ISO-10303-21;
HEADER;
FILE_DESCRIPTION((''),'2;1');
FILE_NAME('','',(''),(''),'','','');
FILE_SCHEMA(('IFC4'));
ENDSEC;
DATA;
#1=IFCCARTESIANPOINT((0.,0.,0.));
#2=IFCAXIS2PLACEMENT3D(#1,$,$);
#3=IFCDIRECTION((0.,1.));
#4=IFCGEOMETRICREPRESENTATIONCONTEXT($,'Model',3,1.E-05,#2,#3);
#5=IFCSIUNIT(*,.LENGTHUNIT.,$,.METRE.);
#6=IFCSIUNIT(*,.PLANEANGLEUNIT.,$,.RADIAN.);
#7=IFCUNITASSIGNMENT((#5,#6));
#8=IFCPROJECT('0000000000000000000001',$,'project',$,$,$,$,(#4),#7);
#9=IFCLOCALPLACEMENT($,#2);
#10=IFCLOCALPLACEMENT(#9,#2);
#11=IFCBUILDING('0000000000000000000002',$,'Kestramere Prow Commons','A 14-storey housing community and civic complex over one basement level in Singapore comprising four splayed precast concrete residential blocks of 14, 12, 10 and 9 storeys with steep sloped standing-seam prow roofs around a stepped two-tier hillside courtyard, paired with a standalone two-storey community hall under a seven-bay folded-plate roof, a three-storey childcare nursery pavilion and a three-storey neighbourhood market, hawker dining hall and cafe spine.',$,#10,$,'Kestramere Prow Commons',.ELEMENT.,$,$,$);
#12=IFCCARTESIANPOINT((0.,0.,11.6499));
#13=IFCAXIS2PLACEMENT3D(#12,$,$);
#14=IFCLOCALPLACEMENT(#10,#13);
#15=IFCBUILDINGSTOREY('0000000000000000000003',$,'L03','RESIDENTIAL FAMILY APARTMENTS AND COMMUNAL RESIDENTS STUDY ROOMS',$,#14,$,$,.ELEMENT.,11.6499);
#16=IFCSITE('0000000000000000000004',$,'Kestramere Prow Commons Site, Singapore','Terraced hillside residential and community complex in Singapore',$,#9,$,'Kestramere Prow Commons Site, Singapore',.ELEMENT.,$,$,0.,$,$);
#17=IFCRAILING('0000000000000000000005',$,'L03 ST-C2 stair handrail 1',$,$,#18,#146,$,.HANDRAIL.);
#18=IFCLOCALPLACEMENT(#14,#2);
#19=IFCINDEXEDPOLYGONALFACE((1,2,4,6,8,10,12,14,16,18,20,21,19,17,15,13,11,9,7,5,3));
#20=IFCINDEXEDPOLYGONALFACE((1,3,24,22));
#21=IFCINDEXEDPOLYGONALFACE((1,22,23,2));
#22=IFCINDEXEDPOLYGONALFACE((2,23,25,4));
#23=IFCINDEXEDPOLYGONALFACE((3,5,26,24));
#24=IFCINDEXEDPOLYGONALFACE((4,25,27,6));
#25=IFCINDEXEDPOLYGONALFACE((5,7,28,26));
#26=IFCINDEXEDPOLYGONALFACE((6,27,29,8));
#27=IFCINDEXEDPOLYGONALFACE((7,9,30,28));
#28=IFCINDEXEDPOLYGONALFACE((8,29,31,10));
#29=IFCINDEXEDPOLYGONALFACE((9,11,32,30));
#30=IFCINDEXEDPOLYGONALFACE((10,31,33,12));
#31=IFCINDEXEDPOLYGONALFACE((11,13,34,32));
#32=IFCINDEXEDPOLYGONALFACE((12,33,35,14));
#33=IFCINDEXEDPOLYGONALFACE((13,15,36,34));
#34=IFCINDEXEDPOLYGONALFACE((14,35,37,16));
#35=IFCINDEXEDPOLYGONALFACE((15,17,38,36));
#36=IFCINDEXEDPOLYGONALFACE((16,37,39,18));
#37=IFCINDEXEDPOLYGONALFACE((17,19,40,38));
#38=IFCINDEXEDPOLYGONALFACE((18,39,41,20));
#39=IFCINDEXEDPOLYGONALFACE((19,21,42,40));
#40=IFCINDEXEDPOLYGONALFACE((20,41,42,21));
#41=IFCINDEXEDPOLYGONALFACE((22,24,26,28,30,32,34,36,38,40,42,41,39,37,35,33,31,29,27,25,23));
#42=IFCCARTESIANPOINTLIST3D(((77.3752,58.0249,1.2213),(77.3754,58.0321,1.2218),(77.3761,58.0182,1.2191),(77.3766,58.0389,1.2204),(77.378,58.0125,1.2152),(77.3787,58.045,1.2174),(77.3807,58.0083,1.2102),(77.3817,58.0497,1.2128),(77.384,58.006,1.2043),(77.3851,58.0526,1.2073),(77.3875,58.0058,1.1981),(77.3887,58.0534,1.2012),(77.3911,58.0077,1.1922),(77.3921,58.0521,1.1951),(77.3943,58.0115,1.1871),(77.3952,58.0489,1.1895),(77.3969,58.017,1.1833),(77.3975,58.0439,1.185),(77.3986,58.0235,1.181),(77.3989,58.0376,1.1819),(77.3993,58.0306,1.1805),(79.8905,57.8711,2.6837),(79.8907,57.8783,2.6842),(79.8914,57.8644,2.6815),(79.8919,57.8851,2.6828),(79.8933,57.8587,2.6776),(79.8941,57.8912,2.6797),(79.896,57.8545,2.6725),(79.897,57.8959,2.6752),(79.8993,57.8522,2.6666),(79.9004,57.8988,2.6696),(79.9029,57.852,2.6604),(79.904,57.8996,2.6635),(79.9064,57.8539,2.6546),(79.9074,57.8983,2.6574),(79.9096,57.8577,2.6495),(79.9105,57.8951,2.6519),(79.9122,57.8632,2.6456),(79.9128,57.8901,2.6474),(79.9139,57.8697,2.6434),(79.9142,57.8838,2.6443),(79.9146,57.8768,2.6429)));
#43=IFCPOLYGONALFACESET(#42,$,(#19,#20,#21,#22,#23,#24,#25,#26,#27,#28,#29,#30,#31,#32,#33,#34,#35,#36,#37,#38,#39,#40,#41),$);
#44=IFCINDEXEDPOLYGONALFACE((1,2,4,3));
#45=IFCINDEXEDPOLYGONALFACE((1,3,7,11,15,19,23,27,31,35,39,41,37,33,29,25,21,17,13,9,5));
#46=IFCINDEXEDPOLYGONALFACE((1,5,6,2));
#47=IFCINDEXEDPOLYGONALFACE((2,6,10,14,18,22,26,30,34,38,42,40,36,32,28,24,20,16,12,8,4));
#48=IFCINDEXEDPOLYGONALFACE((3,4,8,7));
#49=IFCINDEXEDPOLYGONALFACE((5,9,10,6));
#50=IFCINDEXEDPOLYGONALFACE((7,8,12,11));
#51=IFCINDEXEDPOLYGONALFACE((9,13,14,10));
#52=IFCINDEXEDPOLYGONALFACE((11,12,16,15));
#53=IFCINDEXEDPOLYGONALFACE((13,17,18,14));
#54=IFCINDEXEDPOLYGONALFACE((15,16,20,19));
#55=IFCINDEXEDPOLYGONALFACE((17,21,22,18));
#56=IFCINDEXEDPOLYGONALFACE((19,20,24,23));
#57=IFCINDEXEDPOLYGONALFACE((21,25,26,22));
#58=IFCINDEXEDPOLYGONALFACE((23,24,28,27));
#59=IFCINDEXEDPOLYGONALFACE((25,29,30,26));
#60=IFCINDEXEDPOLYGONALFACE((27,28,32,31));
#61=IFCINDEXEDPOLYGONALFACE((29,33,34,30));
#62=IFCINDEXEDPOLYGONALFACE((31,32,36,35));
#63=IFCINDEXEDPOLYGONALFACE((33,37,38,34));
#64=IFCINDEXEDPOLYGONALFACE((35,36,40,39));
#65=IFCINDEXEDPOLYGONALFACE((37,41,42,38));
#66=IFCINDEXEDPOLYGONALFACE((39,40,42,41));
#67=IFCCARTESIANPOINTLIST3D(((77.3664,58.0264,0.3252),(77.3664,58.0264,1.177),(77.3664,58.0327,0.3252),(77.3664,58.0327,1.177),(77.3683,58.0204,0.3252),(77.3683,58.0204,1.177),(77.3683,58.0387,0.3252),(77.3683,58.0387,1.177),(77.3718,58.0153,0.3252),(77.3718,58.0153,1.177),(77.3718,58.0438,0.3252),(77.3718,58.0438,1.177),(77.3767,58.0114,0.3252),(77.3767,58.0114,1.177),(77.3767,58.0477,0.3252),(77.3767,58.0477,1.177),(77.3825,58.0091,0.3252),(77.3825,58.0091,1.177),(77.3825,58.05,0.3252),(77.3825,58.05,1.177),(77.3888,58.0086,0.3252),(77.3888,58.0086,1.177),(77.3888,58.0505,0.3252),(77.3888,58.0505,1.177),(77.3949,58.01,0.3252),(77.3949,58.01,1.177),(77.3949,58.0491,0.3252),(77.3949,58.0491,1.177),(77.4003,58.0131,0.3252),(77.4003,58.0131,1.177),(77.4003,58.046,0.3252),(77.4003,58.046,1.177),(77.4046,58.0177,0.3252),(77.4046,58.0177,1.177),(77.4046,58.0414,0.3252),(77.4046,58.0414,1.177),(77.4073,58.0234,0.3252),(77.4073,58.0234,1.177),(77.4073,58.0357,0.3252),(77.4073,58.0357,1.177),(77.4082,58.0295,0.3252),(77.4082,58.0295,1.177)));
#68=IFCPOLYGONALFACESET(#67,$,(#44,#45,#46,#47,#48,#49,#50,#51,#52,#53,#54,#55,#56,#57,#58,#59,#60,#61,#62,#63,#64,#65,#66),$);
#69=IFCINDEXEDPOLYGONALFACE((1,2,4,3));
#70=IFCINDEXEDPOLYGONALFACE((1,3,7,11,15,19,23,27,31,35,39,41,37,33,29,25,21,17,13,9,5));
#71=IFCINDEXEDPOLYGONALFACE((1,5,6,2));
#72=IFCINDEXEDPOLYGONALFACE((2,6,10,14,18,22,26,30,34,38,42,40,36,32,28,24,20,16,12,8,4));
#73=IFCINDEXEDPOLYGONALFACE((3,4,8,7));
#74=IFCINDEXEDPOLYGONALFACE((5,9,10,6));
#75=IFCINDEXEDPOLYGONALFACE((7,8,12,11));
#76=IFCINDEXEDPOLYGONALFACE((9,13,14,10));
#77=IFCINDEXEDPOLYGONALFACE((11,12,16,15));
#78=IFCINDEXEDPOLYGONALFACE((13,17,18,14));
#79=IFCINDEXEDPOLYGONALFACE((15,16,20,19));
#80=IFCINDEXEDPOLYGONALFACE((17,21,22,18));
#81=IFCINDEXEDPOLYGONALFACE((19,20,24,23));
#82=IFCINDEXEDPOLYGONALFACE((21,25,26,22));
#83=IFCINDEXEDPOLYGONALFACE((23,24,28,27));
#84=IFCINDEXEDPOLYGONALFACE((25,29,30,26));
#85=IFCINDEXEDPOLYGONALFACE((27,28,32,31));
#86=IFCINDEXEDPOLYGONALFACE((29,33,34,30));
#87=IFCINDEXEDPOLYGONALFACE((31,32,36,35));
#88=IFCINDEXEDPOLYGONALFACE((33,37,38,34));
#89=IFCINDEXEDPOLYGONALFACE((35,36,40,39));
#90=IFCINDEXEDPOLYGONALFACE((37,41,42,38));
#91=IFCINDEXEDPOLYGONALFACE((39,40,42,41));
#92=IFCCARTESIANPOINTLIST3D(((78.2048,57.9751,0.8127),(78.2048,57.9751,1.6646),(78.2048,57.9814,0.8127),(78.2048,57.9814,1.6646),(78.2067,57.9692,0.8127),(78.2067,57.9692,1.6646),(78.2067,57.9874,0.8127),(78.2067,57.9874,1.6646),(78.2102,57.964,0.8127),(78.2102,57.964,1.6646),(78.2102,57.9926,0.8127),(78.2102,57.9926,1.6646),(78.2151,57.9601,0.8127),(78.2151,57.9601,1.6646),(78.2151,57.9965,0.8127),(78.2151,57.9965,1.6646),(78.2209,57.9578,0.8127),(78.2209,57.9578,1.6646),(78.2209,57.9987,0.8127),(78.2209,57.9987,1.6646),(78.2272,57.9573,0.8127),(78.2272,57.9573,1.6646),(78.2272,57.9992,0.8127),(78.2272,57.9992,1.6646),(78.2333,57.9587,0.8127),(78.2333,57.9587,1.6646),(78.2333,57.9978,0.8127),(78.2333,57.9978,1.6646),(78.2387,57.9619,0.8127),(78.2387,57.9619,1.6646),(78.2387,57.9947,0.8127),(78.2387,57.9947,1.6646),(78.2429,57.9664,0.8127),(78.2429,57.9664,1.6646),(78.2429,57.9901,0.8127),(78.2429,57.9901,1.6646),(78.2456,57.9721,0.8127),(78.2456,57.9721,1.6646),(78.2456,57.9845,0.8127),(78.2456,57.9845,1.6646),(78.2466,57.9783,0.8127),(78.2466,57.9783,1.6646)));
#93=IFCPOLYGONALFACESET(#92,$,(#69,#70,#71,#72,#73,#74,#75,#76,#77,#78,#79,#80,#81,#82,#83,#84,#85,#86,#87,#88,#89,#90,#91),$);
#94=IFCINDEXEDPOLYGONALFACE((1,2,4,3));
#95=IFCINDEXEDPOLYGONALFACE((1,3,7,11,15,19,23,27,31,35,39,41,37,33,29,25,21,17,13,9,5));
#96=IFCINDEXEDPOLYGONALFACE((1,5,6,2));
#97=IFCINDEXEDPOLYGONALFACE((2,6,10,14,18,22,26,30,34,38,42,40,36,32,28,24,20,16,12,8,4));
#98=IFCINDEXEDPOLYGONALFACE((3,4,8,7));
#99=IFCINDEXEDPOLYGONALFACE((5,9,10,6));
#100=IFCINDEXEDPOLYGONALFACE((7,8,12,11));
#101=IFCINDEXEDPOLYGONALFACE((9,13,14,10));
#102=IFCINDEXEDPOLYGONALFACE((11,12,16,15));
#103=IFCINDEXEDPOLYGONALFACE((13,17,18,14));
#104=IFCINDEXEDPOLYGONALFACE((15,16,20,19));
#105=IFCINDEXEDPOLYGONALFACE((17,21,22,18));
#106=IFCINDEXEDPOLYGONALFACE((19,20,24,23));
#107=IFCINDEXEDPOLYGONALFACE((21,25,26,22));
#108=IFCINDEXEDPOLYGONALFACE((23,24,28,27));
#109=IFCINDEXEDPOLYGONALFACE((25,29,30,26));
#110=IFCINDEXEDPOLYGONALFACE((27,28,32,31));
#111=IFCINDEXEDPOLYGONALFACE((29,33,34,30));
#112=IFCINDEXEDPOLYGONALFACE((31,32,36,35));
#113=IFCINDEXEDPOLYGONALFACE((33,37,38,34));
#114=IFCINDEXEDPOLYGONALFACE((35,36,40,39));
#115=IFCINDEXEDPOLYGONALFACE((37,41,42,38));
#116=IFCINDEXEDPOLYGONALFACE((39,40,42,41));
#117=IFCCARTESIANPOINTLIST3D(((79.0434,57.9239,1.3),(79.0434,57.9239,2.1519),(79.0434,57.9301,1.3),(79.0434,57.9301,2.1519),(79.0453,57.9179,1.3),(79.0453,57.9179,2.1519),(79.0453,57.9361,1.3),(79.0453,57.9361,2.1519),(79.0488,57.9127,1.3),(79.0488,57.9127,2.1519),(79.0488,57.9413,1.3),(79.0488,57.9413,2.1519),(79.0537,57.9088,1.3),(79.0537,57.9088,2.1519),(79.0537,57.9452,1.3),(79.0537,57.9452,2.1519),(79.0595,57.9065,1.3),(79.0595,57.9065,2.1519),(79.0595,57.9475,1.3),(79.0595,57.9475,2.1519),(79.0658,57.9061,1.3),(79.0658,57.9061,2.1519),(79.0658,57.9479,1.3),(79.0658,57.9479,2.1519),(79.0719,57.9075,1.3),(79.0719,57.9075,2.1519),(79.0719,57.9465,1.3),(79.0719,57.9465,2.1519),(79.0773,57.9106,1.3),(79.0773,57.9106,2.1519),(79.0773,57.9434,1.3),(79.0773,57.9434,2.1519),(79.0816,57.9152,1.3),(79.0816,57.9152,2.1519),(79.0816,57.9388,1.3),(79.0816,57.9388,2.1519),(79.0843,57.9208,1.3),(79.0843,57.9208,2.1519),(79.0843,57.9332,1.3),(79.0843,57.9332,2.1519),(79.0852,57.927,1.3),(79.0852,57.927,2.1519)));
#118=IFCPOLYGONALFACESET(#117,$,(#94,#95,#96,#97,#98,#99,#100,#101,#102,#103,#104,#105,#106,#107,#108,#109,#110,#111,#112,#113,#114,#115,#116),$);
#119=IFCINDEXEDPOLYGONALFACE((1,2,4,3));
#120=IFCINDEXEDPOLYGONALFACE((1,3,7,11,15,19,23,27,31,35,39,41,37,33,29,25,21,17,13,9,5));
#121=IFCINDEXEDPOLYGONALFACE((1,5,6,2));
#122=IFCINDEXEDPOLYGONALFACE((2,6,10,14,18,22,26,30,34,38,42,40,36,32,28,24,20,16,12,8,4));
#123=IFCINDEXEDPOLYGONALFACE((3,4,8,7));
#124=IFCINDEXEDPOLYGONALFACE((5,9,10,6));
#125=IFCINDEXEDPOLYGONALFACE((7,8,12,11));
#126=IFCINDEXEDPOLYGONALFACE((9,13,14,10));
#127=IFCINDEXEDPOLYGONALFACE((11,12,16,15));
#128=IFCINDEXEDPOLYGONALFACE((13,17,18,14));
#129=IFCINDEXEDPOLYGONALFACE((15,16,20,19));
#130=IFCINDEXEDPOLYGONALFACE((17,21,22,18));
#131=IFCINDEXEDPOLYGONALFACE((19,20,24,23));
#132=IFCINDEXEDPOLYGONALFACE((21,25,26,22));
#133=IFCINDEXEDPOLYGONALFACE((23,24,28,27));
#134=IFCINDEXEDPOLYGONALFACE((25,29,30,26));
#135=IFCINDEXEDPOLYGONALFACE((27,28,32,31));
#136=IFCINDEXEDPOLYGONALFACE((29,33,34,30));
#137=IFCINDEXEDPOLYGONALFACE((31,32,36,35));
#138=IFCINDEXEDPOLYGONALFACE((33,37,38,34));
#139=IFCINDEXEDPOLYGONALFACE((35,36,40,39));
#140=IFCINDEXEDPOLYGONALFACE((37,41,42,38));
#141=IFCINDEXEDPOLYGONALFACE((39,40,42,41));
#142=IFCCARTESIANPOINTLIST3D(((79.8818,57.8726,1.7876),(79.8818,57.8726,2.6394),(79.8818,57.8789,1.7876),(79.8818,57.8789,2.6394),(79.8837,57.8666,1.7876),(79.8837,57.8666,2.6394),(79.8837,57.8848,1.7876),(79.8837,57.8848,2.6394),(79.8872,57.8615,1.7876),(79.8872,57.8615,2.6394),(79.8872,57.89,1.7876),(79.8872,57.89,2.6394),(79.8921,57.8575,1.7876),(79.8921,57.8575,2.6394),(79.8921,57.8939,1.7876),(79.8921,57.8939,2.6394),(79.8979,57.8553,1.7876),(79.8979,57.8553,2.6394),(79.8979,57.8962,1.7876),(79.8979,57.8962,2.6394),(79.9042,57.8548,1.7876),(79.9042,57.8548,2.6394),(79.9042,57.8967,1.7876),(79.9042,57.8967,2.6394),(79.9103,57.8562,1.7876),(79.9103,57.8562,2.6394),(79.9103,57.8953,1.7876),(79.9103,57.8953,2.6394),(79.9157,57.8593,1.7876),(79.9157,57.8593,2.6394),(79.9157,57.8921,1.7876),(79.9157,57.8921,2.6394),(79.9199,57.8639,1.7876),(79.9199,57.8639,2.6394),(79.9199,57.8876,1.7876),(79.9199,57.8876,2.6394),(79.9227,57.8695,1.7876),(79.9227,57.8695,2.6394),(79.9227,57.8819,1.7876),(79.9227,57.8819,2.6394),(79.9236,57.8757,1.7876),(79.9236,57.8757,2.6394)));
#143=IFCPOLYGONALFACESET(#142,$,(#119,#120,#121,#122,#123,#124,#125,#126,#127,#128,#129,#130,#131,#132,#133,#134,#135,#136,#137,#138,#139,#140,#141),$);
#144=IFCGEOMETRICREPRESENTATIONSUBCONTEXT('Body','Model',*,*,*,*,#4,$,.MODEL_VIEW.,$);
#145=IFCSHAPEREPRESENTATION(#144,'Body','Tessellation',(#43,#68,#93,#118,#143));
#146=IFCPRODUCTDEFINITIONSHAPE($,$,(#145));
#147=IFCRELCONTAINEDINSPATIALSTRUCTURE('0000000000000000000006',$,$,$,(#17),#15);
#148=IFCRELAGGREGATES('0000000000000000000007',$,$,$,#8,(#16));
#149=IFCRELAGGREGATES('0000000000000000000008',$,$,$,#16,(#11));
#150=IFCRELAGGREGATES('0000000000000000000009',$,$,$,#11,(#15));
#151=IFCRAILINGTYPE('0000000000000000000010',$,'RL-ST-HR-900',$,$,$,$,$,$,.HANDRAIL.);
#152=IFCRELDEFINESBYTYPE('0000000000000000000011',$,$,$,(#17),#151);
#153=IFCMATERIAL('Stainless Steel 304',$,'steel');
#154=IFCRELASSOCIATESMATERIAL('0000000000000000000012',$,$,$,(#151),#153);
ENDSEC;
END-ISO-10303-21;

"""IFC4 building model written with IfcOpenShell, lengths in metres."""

from ifc_helpers import new_model, si_unit, direction, frame, origin, origin_2d, place, context, subcontext, project, spatial, circle, extrude, material, type_object, element, save


model = new_model("IFC4")

# Units and contexts
model_context = context("Model", 3, precision=1e-05, world=origin(), true_north=direction((0.0, 1.0)))
body_context = subcontext(model_context, "Body", "Model", "MODEL_VIEW")
ifc_project = project(units=[si_unit("LENGTHUNIT", "METRE"), si_unit("PLANEANGLEUNIT", "RADIAN")], contexts=[model_context])

# Site, building, storey
site_placement = place(None, origin())
site = spatial("IfcSite", under=ifc_project, at=site_placement, Name="Kestramere Prow Commons Site, Singapore", Description="Terraced hillside residential and community complex in Singapore", LongName="Kestramere Prow Commons Site, Singapore", CompositionType="ELEMENT", RefElevation=0.0)
building_placement = place(site_placement, origin())
building = spatial("IfcBuilding", under=site, at=building_placement, Name="Kestramere Prow Commons", Description="A 14-storey housing community and civic complex over one basement level in Singapore comprising four splayed precast concrete residential blocks of 14, 12, 10 and 9 storeys with steep sloped standing-seam prow roofs around a stepped two-tier hillside courtyard, paired with a standalone two-storey community hall under a seven-bay folded-plate roof, a three-storey childcare nursery pavilion and a three-storey neighbourhood market, hawker dining hall and cafe spine.", LongName="Kestramere Prow Commons", CompositionType="ELEMENT")
storey_placement = place(building_placement, frame((0.0, 0.0, 11.6499)))
storey = spatial("IfcBuildingStorey", under=building, at=storey_placement, Name="L03", Description="RESIDENTIAL FAMILY APARTMENTS AND COMMUNAL RESIDENTS STUDY ROOMS", CompositionType="ELEMENT", Elevation=11.6499)

# Railing
ifc_material_1 = material(Name="Stainless Steel 304", Category="steel")
railing_type_1 = type_object("IfcRailingType", Name="RL-ST-HR-900", PredefinedType="HANDRAIL", material=ifc_material_1)
railing_1_placement = place(storey_placement, frame((77.3872, 58.0295, 0.3252)))
element("IfcRailing", 1, at=railing_1_placement, inside=storey, type_object=railing_type_1, Name="L03 ST-C2 stair handrail 1", PredefinedType="HANDRAIL", context=body_context, shape_type="SweptSolid", body=[
    extrude(circle(Radius=0.0239, at=origin_2d()), frame((0.0, 0.0, 0.876), z_axis=(0.863306, -0.052789, 0.501912), x_axis=(0.061033, 0.998136, 0.0)), (0.0, 0.0, 1.0), 2.9136),
    extrude(circle(Radius=0.021, at=origin_2d()), origin(), (0.0, 0.0, 1.0), 0.8518),
    extrude(circle(Radius=0.021, at=origin_2d()), frame((0.8384, -0.0513, 0.4875)), (0.0, 0.0, 1.0), 0.8518),
    extrude(circle(Radius=0.021, at=origin_2d()), frame((1.677, -0.1025, 0.9749)), (0.0, 0.0, 1.0), 0.8518),
    extrude(circle(Radius=0.021, at=origin_2d()), frame((2.5154, -0.1538, 1.4624)), (0.0, 0.0, 1.0), 0.8518),
])

save(model, "model.ifc")
